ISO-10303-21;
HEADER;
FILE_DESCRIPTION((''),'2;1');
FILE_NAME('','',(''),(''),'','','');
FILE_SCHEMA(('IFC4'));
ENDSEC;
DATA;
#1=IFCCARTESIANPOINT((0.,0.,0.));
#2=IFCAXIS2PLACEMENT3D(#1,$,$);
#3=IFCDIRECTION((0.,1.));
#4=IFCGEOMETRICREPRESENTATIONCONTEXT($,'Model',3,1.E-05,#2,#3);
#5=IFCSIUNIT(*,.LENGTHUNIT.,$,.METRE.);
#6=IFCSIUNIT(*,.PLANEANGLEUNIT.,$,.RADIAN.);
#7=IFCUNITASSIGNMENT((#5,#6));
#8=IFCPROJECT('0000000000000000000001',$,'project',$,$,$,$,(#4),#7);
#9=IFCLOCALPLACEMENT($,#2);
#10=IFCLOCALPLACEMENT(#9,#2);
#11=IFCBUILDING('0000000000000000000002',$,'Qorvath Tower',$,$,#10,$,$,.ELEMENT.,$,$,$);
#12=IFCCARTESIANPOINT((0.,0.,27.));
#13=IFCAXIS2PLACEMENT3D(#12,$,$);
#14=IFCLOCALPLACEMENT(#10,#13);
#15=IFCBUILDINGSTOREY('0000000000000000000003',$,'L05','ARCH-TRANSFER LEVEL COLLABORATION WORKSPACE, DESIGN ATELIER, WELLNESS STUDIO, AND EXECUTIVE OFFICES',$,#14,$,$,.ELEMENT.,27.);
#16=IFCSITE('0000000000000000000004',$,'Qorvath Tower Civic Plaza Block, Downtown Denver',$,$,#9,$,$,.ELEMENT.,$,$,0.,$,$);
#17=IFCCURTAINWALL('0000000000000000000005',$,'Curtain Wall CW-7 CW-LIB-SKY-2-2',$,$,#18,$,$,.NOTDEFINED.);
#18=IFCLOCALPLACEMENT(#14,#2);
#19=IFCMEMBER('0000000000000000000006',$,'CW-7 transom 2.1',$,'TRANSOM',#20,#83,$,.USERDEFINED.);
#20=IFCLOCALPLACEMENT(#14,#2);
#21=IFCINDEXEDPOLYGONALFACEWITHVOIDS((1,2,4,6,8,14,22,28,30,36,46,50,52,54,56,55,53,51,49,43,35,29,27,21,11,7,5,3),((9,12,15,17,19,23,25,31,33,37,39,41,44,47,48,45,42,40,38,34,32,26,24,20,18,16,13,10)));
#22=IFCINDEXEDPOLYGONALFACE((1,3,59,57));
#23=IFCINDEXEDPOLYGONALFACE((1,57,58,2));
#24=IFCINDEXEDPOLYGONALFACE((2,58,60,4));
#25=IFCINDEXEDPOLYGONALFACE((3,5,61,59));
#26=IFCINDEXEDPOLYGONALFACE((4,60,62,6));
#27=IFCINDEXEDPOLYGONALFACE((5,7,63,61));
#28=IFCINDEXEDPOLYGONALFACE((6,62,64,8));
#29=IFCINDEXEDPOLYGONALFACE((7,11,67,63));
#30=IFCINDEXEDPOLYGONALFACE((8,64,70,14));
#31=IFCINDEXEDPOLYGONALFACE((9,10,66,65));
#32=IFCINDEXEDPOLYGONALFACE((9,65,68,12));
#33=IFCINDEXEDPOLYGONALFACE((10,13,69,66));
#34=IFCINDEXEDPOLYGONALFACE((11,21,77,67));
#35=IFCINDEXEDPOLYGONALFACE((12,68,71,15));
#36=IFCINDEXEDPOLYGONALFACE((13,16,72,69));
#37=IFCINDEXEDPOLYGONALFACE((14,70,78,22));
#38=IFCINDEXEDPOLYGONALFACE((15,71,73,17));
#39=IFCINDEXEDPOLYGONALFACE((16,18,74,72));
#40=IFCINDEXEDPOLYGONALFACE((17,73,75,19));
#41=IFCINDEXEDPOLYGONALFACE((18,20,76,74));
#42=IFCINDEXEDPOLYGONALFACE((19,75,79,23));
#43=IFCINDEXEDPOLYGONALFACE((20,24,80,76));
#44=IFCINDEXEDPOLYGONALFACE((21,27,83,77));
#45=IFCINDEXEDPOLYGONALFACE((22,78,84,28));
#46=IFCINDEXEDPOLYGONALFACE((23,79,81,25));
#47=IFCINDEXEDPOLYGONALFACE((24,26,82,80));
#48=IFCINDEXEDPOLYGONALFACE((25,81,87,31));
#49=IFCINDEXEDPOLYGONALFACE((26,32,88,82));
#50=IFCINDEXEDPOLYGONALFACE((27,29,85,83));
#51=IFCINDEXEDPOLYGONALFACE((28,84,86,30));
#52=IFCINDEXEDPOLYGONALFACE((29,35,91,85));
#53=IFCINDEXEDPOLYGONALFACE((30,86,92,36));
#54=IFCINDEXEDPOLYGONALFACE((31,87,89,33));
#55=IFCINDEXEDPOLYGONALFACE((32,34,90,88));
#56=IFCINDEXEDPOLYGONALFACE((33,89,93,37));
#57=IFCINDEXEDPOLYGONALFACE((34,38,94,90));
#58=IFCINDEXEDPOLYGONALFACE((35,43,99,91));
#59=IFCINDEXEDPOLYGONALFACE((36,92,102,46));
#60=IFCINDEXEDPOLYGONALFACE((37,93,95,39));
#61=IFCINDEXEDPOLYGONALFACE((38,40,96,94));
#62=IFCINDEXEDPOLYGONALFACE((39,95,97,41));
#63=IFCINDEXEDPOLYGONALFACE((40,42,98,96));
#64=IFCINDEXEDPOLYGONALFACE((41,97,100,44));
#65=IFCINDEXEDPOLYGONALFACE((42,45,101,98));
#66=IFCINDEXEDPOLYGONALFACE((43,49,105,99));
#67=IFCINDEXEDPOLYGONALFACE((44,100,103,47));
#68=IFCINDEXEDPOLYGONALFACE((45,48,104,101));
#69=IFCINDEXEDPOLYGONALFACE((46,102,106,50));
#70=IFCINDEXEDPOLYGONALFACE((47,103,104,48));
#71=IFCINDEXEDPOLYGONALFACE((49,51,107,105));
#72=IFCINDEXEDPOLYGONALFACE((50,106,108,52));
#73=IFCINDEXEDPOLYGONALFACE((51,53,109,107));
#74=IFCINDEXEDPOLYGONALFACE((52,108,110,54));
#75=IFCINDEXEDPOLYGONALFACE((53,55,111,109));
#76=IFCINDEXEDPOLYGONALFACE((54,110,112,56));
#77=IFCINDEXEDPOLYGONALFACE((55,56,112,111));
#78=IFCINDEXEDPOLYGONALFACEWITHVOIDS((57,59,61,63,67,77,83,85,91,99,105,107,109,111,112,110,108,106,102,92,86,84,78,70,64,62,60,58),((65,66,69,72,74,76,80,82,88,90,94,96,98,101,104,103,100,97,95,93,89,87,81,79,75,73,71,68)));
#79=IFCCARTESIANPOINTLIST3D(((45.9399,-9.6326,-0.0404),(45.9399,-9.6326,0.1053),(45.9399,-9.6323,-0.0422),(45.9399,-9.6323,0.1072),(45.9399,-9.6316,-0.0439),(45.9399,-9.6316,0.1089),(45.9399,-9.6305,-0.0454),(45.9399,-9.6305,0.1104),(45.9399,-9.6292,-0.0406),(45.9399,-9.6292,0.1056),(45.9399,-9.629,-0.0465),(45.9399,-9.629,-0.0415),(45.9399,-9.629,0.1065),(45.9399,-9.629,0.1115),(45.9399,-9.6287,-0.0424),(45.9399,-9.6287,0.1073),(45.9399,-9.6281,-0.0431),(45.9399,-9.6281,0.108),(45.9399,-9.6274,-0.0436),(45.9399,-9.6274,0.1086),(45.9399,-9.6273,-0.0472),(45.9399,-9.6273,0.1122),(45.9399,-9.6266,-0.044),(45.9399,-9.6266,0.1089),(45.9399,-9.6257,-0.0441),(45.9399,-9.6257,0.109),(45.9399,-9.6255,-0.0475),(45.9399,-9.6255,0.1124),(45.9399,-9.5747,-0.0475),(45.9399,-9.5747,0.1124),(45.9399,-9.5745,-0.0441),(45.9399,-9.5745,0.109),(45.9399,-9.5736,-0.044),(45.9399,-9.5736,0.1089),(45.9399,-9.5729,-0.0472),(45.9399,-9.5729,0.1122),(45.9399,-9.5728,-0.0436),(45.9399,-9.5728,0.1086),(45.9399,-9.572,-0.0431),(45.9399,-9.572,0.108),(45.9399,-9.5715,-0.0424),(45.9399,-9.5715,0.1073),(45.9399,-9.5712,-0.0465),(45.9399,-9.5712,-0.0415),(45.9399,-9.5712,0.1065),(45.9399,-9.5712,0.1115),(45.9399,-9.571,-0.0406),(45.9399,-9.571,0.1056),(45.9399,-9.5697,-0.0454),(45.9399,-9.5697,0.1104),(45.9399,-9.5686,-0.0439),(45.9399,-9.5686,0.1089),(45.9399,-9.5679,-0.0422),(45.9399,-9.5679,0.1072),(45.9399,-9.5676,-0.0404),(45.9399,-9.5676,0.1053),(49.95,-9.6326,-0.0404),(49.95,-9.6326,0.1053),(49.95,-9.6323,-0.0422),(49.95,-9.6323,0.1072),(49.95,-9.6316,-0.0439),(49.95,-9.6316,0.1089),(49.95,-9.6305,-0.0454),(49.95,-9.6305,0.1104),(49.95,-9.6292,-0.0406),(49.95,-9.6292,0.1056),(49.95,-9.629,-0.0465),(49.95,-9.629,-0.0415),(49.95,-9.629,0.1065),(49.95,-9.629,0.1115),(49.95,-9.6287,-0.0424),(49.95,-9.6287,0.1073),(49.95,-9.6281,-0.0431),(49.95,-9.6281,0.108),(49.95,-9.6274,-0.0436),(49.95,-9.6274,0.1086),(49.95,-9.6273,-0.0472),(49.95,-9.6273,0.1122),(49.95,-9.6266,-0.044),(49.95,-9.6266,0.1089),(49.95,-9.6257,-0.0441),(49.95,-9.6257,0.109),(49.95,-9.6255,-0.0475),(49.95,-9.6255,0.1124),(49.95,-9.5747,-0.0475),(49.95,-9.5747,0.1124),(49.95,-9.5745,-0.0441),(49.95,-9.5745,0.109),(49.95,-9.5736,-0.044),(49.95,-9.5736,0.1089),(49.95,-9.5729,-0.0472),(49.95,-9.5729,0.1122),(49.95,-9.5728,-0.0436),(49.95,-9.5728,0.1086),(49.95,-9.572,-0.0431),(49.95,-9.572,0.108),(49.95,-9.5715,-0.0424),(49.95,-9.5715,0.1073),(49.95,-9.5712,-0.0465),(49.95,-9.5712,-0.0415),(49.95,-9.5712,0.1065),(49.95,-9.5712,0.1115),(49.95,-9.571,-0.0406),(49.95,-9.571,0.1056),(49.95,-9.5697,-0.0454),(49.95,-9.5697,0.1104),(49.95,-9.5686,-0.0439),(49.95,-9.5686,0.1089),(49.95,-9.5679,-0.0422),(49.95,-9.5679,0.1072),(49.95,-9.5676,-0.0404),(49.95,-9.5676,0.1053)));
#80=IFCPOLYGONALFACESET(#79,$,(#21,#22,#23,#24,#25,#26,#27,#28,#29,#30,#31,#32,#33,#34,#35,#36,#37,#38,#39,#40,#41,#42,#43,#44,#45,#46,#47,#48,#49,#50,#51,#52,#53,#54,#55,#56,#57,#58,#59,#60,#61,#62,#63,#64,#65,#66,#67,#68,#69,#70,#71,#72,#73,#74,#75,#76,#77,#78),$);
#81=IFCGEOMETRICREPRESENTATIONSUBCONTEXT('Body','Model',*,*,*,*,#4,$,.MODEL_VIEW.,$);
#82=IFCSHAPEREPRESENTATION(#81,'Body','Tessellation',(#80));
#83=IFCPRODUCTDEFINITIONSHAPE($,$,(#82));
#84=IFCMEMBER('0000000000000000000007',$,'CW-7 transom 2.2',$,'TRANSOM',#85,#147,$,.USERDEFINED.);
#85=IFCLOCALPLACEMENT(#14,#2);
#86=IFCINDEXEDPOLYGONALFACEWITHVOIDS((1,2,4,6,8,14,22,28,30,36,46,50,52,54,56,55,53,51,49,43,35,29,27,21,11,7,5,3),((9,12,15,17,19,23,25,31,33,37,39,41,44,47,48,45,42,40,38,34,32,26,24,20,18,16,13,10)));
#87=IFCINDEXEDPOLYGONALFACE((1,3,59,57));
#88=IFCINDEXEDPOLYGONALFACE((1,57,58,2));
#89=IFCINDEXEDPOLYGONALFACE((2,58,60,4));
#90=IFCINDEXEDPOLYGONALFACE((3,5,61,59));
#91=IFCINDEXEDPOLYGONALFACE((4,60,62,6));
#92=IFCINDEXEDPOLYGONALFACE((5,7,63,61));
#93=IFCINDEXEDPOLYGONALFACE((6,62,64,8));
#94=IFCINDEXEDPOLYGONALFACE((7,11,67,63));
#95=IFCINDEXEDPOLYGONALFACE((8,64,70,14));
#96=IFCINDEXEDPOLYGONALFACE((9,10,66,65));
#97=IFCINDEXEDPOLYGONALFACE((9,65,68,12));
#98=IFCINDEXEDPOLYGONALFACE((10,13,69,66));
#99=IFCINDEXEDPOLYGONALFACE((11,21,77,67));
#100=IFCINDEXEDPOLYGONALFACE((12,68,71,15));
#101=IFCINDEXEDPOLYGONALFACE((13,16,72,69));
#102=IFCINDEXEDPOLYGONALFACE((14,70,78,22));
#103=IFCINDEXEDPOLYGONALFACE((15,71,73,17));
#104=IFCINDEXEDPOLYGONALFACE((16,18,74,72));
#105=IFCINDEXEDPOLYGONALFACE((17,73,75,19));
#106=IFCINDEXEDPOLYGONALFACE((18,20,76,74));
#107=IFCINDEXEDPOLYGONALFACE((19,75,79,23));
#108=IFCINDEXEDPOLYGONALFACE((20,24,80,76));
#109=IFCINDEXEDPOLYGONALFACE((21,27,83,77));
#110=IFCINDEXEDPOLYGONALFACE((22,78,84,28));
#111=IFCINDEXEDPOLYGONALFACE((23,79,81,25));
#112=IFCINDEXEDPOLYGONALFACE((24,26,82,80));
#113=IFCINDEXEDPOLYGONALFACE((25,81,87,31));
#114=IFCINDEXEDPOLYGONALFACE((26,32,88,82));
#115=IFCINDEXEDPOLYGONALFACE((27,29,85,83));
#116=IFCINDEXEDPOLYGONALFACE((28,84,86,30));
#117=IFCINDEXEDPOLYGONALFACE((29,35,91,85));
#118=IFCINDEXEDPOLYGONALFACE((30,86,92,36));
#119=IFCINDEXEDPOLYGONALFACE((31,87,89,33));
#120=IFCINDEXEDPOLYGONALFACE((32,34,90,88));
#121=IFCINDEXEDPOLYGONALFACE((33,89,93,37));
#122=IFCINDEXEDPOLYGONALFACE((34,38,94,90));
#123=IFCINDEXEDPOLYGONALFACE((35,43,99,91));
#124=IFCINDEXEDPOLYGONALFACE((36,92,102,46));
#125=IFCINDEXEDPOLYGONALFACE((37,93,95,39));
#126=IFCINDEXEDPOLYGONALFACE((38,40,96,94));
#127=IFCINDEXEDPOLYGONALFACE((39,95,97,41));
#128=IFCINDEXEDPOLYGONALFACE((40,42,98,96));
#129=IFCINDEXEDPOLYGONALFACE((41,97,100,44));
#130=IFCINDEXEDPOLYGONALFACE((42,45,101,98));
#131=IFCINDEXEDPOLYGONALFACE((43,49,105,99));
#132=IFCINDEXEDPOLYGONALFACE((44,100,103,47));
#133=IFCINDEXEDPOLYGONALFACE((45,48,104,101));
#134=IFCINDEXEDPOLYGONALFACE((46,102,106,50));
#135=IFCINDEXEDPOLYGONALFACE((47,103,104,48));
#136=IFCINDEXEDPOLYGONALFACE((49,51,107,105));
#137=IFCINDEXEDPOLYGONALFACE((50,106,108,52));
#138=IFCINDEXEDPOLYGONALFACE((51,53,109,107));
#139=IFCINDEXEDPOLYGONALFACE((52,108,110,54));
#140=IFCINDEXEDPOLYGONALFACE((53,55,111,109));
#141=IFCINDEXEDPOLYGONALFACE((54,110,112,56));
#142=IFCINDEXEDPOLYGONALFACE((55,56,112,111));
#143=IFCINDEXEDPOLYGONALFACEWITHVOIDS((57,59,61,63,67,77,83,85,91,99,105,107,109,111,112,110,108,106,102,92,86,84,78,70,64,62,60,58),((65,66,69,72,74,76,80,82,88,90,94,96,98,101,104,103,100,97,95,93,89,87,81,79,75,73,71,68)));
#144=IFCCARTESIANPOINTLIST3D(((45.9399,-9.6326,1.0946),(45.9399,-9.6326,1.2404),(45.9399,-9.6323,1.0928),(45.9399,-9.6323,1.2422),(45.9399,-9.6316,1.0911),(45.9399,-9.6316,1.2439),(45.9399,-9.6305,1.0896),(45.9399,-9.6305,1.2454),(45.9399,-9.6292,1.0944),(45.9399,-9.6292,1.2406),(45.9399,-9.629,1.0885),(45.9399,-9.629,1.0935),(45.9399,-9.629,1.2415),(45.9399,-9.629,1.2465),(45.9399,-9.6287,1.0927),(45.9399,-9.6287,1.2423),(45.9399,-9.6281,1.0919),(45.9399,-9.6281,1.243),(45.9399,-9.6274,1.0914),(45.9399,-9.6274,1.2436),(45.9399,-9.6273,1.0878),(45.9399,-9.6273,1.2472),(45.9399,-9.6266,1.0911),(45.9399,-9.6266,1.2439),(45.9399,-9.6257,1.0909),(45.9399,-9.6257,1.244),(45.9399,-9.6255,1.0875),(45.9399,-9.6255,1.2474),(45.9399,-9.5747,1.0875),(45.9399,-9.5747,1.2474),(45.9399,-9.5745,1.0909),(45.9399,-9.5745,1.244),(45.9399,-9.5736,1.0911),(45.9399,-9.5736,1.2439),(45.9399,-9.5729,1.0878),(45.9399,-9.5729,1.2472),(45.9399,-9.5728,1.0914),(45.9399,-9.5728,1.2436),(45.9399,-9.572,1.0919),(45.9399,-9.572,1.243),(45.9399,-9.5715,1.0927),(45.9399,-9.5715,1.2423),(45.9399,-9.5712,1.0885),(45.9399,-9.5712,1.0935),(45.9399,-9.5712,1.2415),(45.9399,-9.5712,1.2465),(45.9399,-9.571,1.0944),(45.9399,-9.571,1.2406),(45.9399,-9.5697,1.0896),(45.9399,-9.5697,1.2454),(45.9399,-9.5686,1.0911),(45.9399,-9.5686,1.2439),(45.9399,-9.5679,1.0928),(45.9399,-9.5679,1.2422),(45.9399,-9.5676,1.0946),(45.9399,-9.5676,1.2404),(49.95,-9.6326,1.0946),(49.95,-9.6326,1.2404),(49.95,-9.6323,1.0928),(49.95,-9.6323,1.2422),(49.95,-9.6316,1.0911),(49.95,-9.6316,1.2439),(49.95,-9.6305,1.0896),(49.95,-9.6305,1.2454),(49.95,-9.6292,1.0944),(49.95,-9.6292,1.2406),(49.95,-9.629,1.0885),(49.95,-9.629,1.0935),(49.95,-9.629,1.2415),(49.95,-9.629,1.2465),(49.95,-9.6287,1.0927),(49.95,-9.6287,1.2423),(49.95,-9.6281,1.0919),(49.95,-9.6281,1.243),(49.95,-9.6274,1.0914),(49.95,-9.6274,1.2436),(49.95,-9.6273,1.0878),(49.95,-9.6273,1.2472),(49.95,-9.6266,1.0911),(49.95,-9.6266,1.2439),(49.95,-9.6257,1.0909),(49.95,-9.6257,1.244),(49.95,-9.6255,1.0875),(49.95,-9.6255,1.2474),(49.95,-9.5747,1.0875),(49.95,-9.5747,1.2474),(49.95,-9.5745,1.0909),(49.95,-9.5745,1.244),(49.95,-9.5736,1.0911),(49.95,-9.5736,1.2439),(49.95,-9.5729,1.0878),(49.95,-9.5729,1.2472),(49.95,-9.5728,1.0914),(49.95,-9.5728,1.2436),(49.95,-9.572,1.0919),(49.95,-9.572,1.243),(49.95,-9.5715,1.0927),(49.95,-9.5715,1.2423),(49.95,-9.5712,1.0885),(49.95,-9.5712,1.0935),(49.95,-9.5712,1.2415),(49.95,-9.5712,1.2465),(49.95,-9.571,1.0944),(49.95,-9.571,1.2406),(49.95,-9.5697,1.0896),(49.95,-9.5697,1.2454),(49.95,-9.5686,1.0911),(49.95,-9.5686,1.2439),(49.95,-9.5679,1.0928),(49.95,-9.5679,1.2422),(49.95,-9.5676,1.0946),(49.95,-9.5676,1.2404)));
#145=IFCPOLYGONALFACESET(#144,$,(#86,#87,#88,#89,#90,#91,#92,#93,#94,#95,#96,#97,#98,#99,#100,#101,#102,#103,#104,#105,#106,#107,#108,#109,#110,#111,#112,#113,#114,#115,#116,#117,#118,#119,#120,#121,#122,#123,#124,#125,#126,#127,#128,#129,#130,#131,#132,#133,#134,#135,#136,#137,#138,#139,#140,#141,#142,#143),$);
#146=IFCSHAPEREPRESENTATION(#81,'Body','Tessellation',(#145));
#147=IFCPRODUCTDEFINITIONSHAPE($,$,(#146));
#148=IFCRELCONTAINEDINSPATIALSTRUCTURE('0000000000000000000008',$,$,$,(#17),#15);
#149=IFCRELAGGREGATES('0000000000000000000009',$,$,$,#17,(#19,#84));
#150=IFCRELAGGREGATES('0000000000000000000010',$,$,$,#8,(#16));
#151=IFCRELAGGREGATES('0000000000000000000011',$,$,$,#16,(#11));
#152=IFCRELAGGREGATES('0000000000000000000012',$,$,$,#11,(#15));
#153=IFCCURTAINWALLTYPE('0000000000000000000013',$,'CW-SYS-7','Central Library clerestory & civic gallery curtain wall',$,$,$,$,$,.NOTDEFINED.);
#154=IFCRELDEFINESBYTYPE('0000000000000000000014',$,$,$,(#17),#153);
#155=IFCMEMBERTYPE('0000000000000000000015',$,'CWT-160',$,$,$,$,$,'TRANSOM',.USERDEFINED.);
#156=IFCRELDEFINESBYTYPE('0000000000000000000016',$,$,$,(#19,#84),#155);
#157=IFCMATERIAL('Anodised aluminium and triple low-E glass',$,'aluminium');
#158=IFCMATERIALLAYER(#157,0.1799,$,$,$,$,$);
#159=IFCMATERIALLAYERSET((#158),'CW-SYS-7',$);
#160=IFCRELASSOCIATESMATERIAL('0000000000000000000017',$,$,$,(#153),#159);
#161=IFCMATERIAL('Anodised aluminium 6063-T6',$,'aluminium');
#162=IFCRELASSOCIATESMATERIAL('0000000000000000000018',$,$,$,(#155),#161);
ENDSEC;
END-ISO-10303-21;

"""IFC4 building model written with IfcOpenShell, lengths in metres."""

from ifc_helpers import new_model, si_unit, direction, frame, origin, origin_2d, place, context, subcontext, project, spatial, hollow_rectangle, extrude, material, layer, layer_set, material_profile, profile_set, type_object, element, aggregate, save


model = new_model("IFC4")

# Units and contexts
model_context = context("Model", 3, precision=1e-05, world=origin(), true_north=direction((0.0, 1.0)))
body_context = subcontext(model_context, "Body", "Model", "MODEL_VIEW")
ifc_project = project(units=[si_unit("LENGTHUNIT", "METRE"), si_unit("PLANEANGLEUNIT", "RADIAN")], contexts=[model_context])

# Site, building, storey
site_placement = place(None, origin())
site = spatial("IfcSite", under=ifc_project, at=site_placement, Name="Qorvath Tower Civic Plaza Block, Downtown Denver", CompositionType="ELEMENT", RefElevation=0.0)
building_placement = place(site_placement, origin())
building = spatial("IfcBuilding", under=site, at=building_placement, Name="Qorvath Tower", CompositionType="ELEMENT")
storey_placement = place(building_placement, frame((0.0, 0.0, 27.0)))
storey = spatial("IfcBuildingStorey", under=building, at=storey_placement, Name="L05", Description="ARCH-TRANSFER LEVEL COLLABORATION WORKSPACE, DESIGN ATELIER, WELLNESS STUDIO, AND EXECUTIVE OFFICES", CompositionType="ELEMENT", Elevation=27.0)

# Curtain wall
ifc_material_1 = material(Name="Anodised aluminium and triple low-E glass", Category="aluminium")
ifc_layer_1 = layer(ifc_material_1, 0.1799)
ifc_layer_set_1 = layer_set([ifc_layer_1], Name="CW-SYS-7")
curtain_wall_type = type_object("IfcCurtainWallType", Name="CW-SYS-7", Description="Central Library clerestory & civic gallery curtain wall", PredefinedType="NOTDEFINED", material=ifc_layer_set_1)
curtain_wall_1_placement = place(storey_placement, origin())
curtain_wall_1 = element("IfcCurtainWall", 1, at=curtain_wall_1_placement, inside=storey, type_object=curtain_wall_type, Name="Curtain Wall CW-7 CW-LIB-SKY-2-2", PredefinedType="NOTDEFINED")

# Members
ifc_material_2 = material(Name="Anodised aluminium 6063-T6", Category="aluminium")
ifc_material_profile_1 = material_profile(ifc_material_2, hollow_rectangle(XDim=0.0649, YDim=0.1599, WallThickness=0.0034, InnerFilletRadius=0.0034, OuterFilletRadius=0.0071, at=origin_2d()), Name="CWT 160x65")
ifc_profile_set_1 = profile_set([ifc_material_profile_1], Name="Anodised aluminium 6063-T6")
member_type_1 = type_object("IfcMemberType", Name="CWT-160", ElementType="TRANSOM", PredefinedType="USERDEFINED", material=ifc_profile_set_1)
member_1_placement = place(storey_placement, frame((45.9399, -9.6001, 0.0325), z_axis=(1.0, 0.0, 0.0), x_axis=(0.0, 1.0, 0.0)))
member_1 = element("IfcMember", 2, at=member_1_placement, type_object=member_type_1, Name="CW-7 transom 2.1", ObjectType="TRANSOM", PredefinedType="USERDEFINED", context=body_context, shape_type="SweptSolid", body=[
    extrude(hollow_rectangle(XDim=0.0649, YDim=0.1599, WallThickness=0.0034, InnerFilletRadius=0.0034, OuterFilletRadius=0.0071, at=origin_2d()), origin(), (0.0, 0.0, 1.0), 4.01),
])
member_2_placement = place(storey_placement, frame((45.9399, -9.6001, 1.1675), z_axis=(1.0, 0.0, 0.0), x_axis=(0.0, 1.0, 0.0)))
member_2 = element("IfcMember", 3, at=member_2_placement, type_object=member_type_1, Name="CW-7 transom 2.2", ObjectType="TRANSOM", PredefinedType="USERDEFINED", context=body_context, shape_type="SweptSolid", body=[
    extrude(hollow_rectangle(XDim=0.0649, YDim=0.1599, WallThickness=0.0034, InnerFilletRadius=0.0034, OuterFilletRadius=0.0071, at=origin_2d()), origin(), (0.0, 0.0, 1.0), 4.01),
])

aggregate(curtain_wall_1, [member_1, member_2])

save(model, "model.ifc")
